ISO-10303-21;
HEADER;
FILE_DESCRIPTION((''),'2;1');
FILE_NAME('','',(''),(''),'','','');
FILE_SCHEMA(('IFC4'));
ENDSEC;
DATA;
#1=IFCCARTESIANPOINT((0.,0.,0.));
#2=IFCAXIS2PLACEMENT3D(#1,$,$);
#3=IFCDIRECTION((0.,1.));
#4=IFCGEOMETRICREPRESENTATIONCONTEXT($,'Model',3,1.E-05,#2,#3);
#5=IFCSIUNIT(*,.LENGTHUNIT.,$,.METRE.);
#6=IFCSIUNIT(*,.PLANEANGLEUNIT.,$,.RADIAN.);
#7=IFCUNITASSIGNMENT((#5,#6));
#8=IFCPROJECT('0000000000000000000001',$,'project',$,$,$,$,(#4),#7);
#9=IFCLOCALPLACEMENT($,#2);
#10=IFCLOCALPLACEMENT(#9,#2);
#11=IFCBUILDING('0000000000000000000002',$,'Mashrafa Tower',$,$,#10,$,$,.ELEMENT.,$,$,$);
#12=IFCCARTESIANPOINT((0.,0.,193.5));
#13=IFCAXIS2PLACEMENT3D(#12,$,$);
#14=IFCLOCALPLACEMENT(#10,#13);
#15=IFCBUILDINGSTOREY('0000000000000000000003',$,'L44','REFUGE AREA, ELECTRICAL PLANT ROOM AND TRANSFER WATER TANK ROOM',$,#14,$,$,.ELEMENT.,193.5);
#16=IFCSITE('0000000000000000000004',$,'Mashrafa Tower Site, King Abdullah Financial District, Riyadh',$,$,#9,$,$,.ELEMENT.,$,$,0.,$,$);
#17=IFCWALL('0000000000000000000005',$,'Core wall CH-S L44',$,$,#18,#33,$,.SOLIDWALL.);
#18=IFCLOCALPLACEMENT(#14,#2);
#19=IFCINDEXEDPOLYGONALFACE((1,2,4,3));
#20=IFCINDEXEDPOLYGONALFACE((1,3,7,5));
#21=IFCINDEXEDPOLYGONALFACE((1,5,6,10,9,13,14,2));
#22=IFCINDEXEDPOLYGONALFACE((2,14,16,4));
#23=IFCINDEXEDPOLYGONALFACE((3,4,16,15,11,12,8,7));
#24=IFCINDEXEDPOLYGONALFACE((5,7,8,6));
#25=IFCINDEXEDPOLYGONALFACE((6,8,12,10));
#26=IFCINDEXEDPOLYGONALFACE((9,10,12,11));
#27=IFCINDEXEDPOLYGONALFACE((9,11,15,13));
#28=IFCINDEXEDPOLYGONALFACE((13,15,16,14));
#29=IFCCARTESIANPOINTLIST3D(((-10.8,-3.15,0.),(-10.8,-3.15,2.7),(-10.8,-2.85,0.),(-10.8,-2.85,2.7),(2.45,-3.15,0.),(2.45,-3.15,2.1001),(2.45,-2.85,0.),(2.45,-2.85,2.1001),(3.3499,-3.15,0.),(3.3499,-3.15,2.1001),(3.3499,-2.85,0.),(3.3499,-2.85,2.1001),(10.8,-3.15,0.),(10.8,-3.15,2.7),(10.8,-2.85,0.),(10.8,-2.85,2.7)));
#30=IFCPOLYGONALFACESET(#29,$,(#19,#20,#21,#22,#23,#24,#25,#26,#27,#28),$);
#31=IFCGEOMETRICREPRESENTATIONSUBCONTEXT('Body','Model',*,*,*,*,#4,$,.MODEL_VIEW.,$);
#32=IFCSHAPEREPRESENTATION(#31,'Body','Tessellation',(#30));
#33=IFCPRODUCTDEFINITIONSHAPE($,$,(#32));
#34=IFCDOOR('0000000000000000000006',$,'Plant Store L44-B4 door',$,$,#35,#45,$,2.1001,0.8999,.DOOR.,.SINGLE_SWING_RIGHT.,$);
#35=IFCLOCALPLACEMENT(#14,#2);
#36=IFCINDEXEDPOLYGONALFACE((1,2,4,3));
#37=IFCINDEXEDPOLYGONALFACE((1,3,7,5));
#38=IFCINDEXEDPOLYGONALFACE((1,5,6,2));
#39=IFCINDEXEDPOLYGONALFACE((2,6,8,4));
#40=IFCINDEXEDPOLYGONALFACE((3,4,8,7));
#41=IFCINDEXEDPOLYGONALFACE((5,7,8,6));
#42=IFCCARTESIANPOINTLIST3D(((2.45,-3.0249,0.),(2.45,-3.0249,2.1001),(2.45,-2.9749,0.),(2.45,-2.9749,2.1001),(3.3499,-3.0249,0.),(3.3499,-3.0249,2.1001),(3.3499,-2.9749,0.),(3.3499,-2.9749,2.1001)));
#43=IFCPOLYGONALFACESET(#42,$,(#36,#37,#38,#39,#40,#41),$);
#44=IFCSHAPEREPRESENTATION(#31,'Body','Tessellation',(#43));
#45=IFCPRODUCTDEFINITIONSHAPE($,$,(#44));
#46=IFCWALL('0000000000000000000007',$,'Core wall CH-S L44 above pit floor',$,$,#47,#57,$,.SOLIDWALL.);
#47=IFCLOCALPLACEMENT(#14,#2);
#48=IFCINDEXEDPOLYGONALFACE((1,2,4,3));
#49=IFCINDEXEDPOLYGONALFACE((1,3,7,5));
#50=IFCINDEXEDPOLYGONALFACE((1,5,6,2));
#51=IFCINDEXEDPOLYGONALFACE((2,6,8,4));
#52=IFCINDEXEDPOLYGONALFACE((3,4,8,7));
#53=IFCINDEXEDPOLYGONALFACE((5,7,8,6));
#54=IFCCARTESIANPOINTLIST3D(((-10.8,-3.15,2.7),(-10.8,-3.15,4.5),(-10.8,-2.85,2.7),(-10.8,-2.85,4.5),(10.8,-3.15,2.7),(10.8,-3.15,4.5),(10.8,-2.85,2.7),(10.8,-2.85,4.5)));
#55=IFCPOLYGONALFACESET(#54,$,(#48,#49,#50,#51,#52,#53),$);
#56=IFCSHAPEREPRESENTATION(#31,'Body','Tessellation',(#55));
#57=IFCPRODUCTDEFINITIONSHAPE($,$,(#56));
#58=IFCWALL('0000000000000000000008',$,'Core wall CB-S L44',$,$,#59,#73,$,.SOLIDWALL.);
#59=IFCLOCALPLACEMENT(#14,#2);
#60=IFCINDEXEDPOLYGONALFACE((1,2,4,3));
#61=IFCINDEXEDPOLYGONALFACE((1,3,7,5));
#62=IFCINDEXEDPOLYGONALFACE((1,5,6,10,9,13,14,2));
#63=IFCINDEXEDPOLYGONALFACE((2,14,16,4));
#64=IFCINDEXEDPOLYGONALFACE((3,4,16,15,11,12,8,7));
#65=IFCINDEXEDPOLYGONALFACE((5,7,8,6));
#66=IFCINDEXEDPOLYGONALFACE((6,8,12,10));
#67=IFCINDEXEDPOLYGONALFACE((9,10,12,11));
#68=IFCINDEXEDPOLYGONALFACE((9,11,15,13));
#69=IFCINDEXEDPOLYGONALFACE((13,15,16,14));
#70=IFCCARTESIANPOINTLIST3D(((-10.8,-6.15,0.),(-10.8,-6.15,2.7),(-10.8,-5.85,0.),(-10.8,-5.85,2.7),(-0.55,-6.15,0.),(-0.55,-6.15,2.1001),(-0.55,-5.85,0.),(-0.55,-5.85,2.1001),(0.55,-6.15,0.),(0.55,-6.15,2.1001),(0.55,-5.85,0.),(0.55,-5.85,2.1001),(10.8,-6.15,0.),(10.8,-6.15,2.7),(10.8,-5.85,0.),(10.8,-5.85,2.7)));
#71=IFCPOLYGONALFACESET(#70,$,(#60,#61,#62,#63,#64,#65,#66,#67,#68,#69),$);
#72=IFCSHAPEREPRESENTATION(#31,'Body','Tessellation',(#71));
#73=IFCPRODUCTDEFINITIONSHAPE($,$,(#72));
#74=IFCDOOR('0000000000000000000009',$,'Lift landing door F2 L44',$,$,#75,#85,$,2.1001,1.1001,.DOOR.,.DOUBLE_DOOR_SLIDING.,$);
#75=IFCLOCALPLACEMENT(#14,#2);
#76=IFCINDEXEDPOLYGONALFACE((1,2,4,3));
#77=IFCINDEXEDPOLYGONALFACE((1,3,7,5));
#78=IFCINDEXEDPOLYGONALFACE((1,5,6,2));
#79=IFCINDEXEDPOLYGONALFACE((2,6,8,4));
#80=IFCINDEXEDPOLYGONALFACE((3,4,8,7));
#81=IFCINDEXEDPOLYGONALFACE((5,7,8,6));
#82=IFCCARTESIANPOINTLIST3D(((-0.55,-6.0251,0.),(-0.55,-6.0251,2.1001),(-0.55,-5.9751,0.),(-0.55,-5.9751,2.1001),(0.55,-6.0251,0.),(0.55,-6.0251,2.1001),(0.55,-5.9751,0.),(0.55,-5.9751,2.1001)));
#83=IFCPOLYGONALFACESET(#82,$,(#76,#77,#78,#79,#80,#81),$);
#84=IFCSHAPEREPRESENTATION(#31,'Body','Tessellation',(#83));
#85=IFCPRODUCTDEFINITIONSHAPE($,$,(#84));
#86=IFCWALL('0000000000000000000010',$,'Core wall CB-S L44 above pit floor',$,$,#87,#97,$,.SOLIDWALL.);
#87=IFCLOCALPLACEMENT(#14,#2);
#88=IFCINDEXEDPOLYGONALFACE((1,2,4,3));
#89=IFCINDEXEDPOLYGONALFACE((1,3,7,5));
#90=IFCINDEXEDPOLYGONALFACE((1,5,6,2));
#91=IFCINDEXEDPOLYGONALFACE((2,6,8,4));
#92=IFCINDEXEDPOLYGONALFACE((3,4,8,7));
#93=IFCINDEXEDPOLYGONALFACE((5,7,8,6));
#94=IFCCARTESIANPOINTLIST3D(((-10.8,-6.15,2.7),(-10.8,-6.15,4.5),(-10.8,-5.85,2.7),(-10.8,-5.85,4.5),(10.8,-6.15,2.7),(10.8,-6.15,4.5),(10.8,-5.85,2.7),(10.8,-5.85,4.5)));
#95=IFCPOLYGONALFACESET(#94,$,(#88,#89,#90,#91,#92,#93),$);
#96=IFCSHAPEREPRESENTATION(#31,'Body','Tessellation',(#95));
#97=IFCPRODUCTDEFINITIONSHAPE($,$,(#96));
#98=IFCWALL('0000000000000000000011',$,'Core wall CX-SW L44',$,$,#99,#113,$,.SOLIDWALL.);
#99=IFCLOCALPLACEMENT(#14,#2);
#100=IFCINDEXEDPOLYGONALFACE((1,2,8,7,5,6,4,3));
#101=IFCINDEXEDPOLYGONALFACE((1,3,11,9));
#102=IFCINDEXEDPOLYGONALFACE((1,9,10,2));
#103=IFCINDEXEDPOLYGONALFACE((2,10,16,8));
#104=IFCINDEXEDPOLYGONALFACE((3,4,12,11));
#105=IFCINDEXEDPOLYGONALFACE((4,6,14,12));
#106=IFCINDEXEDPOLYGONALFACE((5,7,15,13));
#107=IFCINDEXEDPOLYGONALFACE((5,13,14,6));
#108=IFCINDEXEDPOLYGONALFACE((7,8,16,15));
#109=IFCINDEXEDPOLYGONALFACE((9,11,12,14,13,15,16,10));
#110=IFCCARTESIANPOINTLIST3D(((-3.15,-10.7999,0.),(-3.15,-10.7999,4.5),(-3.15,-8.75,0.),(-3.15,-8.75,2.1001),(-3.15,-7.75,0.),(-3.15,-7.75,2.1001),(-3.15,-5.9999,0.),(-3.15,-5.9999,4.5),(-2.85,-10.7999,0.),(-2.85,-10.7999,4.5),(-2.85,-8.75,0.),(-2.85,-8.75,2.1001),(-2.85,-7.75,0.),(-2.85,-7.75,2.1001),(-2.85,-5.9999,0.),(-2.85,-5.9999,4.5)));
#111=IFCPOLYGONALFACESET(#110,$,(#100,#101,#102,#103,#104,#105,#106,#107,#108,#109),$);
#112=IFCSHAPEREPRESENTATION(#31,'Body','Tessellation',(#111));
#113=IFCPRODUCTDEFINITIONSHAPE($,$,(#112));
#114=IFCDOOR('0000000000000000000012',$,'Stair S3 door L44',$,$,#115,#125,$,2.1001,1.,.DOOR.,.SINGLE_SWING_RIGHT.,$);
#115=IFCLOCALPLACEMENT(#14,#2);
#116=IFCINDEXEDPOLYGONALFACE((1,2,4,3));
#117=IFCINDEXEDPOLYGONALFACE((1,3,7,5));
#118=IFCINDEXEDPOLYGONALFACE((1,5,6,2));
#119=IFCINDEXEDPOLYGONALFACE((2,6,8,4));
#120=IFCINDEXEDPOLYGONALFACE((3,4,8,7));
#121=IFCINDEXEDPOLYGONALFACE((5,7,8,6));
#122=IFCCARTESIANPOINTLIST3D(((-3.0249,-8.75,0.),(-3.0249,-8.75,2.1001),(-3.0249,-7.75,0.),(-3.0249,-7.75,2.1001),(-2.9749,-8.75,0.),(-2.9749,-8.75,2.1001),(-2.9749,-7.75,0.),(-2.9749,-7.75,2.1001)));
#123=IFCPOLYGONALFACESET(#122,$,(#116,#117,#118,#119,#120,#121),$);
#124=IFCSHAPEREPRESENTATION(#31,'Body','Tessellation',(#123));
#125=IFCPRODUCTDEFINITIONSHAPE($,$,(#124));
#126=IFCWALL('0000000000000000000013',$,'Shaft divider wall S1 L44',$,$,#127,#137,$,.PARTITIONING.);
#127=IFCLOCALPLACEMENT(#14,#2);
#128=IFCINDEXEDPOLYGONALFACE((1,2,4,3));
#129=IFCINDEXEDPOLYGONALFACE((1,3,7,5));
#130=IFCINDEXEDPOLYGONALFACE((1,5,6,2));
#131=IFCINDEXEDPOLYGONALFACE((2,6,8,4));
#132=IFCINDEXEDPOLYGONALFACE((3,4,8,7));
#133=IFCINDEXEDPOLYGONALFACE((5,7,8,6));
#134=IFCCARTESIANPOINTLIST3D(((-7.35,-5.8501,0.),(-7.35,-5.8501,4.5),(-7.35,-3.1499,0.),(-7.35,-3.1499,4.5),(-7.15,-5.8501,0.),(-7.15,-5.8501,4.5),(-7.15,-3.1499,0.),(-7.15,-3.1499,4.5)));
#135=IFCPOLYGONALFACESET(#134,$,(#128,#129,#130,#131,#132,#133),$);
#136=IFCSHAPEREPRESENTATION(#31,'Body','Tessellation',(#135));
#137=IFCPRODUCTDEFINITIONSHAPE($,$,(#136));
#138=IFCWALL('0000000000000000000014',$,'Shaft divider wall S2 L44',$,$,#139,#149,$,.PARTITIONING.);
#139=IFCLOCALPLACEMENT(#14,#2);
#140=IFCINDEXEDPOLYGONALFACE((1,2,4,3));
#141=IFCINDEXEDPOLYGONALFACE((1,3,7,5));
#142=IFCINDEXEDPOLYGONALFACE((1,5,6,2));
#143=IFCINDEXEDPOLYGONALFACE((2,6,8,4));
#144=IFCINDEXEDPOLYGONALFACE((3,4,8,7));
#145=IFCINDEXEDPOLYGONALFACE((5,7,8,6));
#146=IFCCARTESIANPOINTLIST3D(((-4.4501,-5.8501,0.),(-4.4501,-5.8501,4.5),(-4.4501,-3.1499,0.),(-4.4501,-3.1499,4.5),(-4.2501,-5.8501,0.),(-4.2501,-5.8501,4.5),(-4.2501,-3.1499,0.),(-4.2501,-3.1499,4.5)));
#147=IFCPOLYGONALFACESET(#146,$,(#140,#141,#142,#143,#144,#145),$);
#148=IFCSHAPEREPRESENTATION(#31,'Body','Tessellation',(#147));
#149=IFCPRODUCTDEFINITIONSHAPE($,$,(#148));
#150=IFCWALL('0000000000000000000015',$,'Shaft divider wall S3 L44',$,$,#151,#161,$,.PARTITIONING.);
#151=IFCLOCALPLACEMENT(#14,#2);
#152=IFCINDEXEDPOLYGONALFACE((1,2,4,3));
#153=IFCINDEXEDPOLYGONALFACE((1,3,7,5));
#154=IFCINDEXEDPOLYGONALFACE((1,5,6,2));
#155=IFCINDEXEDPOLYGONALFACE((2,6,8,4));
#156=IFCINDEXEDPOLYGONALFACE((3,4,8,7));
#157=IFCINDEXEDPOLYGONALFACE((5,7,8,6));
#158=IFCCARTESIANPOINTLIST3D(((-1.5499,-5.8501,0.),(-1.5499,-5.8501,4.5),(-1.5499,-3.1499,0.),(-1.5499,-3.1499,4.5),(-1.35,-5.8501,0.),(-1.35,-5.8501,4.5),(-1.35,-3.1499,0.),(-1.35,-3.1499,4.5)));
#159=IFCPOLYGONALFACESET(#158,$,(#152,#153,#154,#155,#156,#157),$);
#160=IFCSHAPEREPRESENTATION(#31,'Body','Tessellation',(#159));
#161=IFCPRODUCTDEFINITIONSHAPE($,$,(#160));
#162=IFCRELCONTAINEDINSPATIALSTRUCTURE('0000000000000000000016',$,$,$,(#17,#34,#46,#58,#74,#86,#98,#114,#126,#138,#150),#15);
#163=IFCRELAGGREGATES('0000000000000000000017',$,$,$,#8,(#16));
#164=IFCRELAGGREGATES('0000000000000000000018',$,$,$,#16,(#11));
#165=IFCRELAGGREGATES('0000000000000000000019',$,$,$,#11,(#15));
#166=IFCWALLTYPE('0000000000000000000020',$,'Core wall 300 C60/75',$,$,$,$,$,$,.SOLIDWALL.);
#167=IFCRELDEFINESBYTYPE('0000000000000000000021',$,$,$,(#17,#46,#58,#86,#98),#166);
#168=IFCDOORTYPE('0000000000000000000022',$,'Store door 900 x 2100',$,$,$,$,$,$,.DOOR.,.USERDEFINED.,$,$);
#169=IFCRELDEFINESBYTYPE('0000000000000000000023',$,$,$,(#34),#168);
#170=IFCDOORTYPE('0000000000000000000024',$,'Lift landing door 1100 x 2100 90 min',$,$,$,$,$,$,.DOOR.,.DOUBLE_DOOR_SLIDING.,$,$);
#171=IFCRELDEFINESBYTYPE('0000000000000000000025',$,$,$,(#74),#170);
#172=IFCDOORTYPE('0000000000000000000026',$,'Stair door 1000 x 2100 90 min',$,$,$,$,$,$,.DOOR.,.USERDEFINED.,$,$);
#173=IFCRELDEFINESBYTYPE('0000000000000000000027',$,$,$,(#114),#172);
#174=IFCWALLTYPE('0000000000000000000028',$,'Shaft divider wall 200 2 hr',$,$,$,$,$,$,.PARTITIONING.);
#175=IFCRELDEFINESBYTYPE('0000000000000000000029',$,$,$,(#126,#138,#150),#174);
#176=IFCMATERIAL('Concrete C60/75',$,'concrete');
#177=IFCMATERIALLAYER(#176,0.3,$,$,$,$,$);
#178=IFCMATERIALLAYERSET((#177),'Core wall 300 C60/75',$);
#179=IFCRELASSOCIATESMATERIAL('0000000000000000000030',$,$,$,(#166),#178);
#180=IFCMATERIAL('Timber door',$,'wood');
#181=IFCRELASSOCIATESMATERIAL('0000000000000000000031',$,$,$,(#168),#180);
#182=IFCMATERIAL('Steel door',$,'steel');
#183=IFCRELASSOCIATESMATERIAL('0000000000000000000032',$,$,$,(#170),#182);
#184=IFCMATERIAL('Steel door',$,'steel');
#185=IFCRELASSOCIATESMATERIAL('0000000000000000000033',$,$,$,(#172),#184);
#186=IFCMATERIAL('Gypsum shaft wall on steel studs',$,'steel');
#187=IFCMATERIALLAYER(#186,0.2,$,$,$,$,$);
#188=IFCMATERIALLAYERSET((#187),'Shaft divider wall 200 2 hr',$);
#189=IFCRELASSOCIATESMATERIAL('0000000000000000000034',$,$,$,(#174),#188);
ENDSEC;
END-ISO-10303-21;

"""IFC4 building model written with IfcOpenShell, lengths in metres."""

from ifc_helpers import new_model, si_unit, direction, frame, frame_2d, origin, place, context, subcontext, project, spatial, rectangle, extrude, material, layer, layer_set, type_object, element, fill, save


model = new_model("IFC4")

# Units and contexts
model_context = context("Model", 3, precision=1e-05, world=origin(), true_north=direction((0.0, 1.0)))
body_context = subcontext(model_context, "Body", "Model", "MODEL_VIEW")
ifc_project = project(units=[si_unit("LENGTHUNIT", "METRE"), si_unit("PLANEANGLEUNIT", "RADIAN")], contexts=[model_context])

# Site, building, storey
site_placement = place(None, origin())
site = spatial("IfcSite", under=ifc_project, at=site_placement, Name="Mashrafa Tower Site, King Abdullah Financial District, Riyadh", CompositionType="ELEMENT", RefElevation=0.0)
building_placement = place(site_placement, origin())
building = spatial("IfcBuilding", under=site, at=building_placement, Name="Mashrafa Tower", CompositionType="ELEMENT")
storey_placement = place(building_placement, frame((0.0, 0.0, 193.5)))
storey = spatial("IfcBuildingStorey", under=building, at=storey_placement, Name="L44", Description="REFUGE AREA, ELECTRICAL PLANT ROOM AND TRANSFER WATER TANK ROOM", CompositionType="ELEMENT", Elevation=193.5)

# Wall, opening, door
ifc_material_1 = material(Name="Concrete C60/75", Category="concrete")
ifc_layer_1 = layer(ifc_material_1, 0.3)
ifc_layer_set_1 = layer_set([ifc_layer_1], Name="Core wall 300 C60/75")
wall_type_1 = type_object("IfcWallType", Name="Core wall 300 C60/75", PredefinedType="SOLIDWALL", material=ifc_layer_set_1)
wall_1_placement = place(storey_placement, frame((-10.8, -3.0, 0.0), z_axis=(0.0, 0.0, 1.0), x_axis=(1.0, 0.0, 0.0)))
wall_1 = element("IfcWall", 1, at=wall_1_placement, inside=storey, type_object=wall_type_1, Name="Core wall CH-S L44", PredefinedType="SOLIDWALL", context=body_context, shape_type="SweptSolid", body=[
    extrude(rectangle(XDim=21.6001, YDim=0.3, at=frame_2d((10.8, 0.0))), origin(), (0.0, 0.0, 1.0), 2.7),
])
opening_1_placement = place(wall_1_placement, frame((13.25, 0.0, 0.0)))
opening_1 = element("IfcOpeningElement", 2, at=opening_1_placement, cuts=wall_1, PredefinedType="OPENING", context=body_context, shape_type="SweptSolid", body=[
    extrude(rectangle(XDim=0.8999, YDim=2.1001, at=frame_2d((0.45, 1.05))), frame((0.0, 0.1599, 0.0), z_axis=(0.0, -1.0, 0.0), x_axis=(1.0, 0.0, 0.0)), (0.0, 0.0, 1.0), 0.3201),
])
ifc_material_2 = material(Name="Timber door", Category="wood")
door_type_1 = type_object("IfcDoorType", Name="Store door 900 x 2100", OperationType="USERDEFINED", PredefinedType="DOOR", material=ifc_material_2)
door_1_placement = place(opening_1_placement, frame((0.8999, 0.0, 0.0), z_axis=(0.0, 0.0, 1.0), x_axis=(-1.0, 0.0, 0.0)))
door_1 = element("IfcDoor", 3, at=door_1_placement, inside=storey, type_object=door_type_1, Name="Plant Store L44-B4 door", OperationType="SINGLE_SWING_RIGHT", OverallHeight=2.1001, OverallWidth=0.8999, PredefinedType="DOOR", context=body_context, shape_type="SweptSolid", body=[
    extrude(rectangle(XDim=0.8999, YDim=2.1001, at=frame_2d((0.45, 1.05))), frame((0.0, 0.0249, 0.0), z_axis=(0.0, -1.0, 0.0), x_axis=(1.0, 0.0, 0.0)), (0.0, 0.0, 1.0), 0.05),
])
fill(opening_1, door_1)

# Wall
wall_2_placement = place(storey_placement, frame((-10.8, -3.0, 2.7), z_axis=(0.0, 0.0, 1.0), x_axis=(1.0, 0.0, 0.0)))
element("IfcWall", 4, at=wall_2_placement, inside=storey, type_object=wall_type_1, Name="Core wall CH-S L44 above pit floor", PredefinedType="SOLIDWALL", context=body_context, shape_type="SweptSolid", body=[
    extrude(rectangle(XDim=21.6001, YDim=0.3, at=frame_2d((10.8, 0.0))), origin(), (0.0, 0.0, 1.0), 1.8),
])

# Wall, opening, door
wall_3_placement = place(storey_placement, frame((-10.8, -6.0, 0.0), z_axis=(0.0, 0.0, 1.0), x_axis=(1.0, 0.0, 0.0)))
wall_3 = element("IfcWall", 5, at=wall_3_placement, inside=storey, type_object=wall_type_1, Name="Core wall CB-S L44", PredefinedType="SOLIDWALL", context=body_context, shape_type="SweptSolid", body=[
    extrude(rectangle(XDim=21.6001, YDim=0.3, at=frame_2d((10.8, 0.0))), origin(), (0.0, 0.0, 1.0), 2.7),
])
opening_2_placement = place(wall_3_placement, frame((10.25, 0.0, 0.0)))
opening_2 = element("IfcOpeningElement", 6, at=opening_2_placement, cuts=wall_3, PredefinedType="OPENING", context=body_context, shape_type="SweptSolid", body=[
    extrude(rectangle(XDim=1.1001, YDim=2.1001, at=frame_2d((0.55, 1.05))), frame((0.0, 0.1599, 0.0), z_axis=(0.0, -1.0, 0.0), x_axis=(1.0, 0.0, 0.0)), (0.0, 0.0, 1.0), 0.3201),
])
ifc_material_3 = material(Name="Steel door", Category="steel")
door_type_2 = type_object("IfcDoorType", Name="Lift landing door 1100 x 2100 90 min", OperationType="DOUBLE_DOOR_SLIDING", PredefinedType="DOOR", material=ifc_material_3)
door_2_placement = place(opening_2_placement, origin())
door_2 = element("IfcDoor", 7, at=door_2_placement, inside=storey, type_object=door_type_2, Name="Lift landing door F2 L44", OperationType="DOUBLE_DOOR_SLIDING", OverallHeight=2.1001, OverallWidth=1.1001, PredefinedType="DOOR", context=body_context, shape_type="SweptSolid", body=[
    extrude(rectangle(XDim=1.1001, YDim=2.1001, at=frame_2d((0.55, 1.05))), frame((0.0, 0.0249, 0.0), z_axis=(0.0, -1.0, 0.0), x_axis=(1.0, 0.0, 0.0)), (0.0, 0.0, 1.0), 0.05),
])
fill(opening_2, door_2)

# Wall
wall_4_placement = place(storey_placement, frame((-10.8, -6.0, 2.7), z_axis=(0.0, 0.0, 1.0), x_axis=(1.0, 0.0, 0.0)))
element("IfcWall", 8, at=wall_4_placement, inside=storey, type_object=wall_type_1, Name="Core wall CB-S L44 above pit floor", PredefinedType="SOLIDWALL", context=body_context, shape_type="SweptSolid", body=[
    extrude(rectangle(XDim=21.6001, YDim=0.3, at=frame_2d((10.8, 0.0))), origin(), (0.0, 0.0, 1.0), 1.8),
])

# Wall, opening, door
wall_5_placement = place(storey_placement, frame((-3.0, -6.0, 0.0), z_axis=(0.0, 0.0, 1.0), x_axis=(0.0, -1.0, 0.0)))
wall_5 = element("IfcWall", 9, at=wall_5_placement, inside=storey, type_object=wall_type_1, Name="Core wall CX-SW L44", PredefinedType="SOLIDWALL", context=body_context, shape_type="SweptSolid", body=[
    extrude(rectangle(XDim=4.8, YDim=0.3, at=frame_2d((2.3999, 0.0))), origin(), (0.0, 0.0, 1.0), 4.5),
])
opening_3_placement = place(wall_5_placement, frame((1.75, 0.0, 0.0)))
opening_3 = element("IfcOpeningElement", 10, at=opening_3_placement, cuts=wall_5, PredefinedType="OPENING", context=body_context, shape_type="SweptSolid", body=[
    extrude(rectangle(XDim=1.0, YDim=2.1001, at=frame_2d((0.5, 1.05))), frame((0.0, 0.1599, 0.0), z_axis=(0.0, -1.0, 0.0), x_axis=(1.0, 0.0, 0.0)), (0.0, 0.0, 1.0), 0.3201),
])
ifc_material_4 = material(Name="Steel door", Category="steel")
door_type_3 = type_object("IfcDoorType", Name="Stair door 1000 x 2100 90 min", OperationType="USERDEFINED", PredefinedType="DOOR", material=ifc_material_4)
door_3_placement = place(opening_3_placement, frame((1.0, 0.0, 0.0), z_axis=(0.0, 0.0, 1.0), x_axis=(-1.0, 0.0, 0.0)))
door_3 = element("IfcDoor", 11, at=door_3_placement, inside=storey, type_object=door_type_3, Name="Stair S3 door L44", OperationType="SINGLE_SWING_RIGHT", OverallHeight=2.1001, OverallWidth=1.0, PredefinedType="DOOR", context=body_context, shape_type="SweptSolid", body=[
    extrude(rectangle(XDim=1.0, YDim=2.1001, at=frame_2d((0.5, 1.05))), frame((0.0, 0.0249, 0.0), z_axis=(0.0, -1.0, 0.0), x_axis=(1.0, 0.0, 0.0)), (0.0, 0.0, 1.0), 0.05),
])
fill(opening_3, door_3)

# Walls
ifc_material_5 = material(Name="Gypsum shaft wall on steel studs", Category="steel")
ifc_layer_2 = layer(ifc_material_5, 0.2)
ifc_layer_set_2 = layer_set([ifc_layer_2], Name="Shaft divider wall 200 2 hr")
wall_type_2 = type_object("IfcWallType", Name="Shaft divider wall 200 2 hr", PredefinedType="PARTITIONING", material=ifc_layer_set_2)
for number, where, z_axis, x_axis, name in (
    (12, (-7.25, -5.8501, 0.0), (0.0, 0.0, 1.0), (0.0, 1.0, 0.0), "Shaft divider wall S1 L44"),
    (13, (-4.3501, -5.8501, 0.0), (0.0, 0.0, 1.0), (0.0, 1.0, 0.0), "Shaft divider wall S2 L44"),
    (14, (-1.45, -5.8501, 0.0), (0.0, 0.0, 1.0), (0.0, 1.0, 0.0), "Shaft divider wall S3 L44"),
):
    element("IfcWall", number, at=place(storey_placement, frame(where, z_axis=z_axis, x_axis=x_axis)), inside=storey, type_object=wall_type_2, Name=name, PredefinedType="PARTITIONING", context=body_context, shape_type="SweptSolid", body=[
        extrude(rectangle(XDim=2.7002, YDim=0.2, at=frame_2d((1.3501, 0.0))), origin(), (0.0, 0.0, 1.0), 4.5),
    ])

save(model, "model.ifc")
